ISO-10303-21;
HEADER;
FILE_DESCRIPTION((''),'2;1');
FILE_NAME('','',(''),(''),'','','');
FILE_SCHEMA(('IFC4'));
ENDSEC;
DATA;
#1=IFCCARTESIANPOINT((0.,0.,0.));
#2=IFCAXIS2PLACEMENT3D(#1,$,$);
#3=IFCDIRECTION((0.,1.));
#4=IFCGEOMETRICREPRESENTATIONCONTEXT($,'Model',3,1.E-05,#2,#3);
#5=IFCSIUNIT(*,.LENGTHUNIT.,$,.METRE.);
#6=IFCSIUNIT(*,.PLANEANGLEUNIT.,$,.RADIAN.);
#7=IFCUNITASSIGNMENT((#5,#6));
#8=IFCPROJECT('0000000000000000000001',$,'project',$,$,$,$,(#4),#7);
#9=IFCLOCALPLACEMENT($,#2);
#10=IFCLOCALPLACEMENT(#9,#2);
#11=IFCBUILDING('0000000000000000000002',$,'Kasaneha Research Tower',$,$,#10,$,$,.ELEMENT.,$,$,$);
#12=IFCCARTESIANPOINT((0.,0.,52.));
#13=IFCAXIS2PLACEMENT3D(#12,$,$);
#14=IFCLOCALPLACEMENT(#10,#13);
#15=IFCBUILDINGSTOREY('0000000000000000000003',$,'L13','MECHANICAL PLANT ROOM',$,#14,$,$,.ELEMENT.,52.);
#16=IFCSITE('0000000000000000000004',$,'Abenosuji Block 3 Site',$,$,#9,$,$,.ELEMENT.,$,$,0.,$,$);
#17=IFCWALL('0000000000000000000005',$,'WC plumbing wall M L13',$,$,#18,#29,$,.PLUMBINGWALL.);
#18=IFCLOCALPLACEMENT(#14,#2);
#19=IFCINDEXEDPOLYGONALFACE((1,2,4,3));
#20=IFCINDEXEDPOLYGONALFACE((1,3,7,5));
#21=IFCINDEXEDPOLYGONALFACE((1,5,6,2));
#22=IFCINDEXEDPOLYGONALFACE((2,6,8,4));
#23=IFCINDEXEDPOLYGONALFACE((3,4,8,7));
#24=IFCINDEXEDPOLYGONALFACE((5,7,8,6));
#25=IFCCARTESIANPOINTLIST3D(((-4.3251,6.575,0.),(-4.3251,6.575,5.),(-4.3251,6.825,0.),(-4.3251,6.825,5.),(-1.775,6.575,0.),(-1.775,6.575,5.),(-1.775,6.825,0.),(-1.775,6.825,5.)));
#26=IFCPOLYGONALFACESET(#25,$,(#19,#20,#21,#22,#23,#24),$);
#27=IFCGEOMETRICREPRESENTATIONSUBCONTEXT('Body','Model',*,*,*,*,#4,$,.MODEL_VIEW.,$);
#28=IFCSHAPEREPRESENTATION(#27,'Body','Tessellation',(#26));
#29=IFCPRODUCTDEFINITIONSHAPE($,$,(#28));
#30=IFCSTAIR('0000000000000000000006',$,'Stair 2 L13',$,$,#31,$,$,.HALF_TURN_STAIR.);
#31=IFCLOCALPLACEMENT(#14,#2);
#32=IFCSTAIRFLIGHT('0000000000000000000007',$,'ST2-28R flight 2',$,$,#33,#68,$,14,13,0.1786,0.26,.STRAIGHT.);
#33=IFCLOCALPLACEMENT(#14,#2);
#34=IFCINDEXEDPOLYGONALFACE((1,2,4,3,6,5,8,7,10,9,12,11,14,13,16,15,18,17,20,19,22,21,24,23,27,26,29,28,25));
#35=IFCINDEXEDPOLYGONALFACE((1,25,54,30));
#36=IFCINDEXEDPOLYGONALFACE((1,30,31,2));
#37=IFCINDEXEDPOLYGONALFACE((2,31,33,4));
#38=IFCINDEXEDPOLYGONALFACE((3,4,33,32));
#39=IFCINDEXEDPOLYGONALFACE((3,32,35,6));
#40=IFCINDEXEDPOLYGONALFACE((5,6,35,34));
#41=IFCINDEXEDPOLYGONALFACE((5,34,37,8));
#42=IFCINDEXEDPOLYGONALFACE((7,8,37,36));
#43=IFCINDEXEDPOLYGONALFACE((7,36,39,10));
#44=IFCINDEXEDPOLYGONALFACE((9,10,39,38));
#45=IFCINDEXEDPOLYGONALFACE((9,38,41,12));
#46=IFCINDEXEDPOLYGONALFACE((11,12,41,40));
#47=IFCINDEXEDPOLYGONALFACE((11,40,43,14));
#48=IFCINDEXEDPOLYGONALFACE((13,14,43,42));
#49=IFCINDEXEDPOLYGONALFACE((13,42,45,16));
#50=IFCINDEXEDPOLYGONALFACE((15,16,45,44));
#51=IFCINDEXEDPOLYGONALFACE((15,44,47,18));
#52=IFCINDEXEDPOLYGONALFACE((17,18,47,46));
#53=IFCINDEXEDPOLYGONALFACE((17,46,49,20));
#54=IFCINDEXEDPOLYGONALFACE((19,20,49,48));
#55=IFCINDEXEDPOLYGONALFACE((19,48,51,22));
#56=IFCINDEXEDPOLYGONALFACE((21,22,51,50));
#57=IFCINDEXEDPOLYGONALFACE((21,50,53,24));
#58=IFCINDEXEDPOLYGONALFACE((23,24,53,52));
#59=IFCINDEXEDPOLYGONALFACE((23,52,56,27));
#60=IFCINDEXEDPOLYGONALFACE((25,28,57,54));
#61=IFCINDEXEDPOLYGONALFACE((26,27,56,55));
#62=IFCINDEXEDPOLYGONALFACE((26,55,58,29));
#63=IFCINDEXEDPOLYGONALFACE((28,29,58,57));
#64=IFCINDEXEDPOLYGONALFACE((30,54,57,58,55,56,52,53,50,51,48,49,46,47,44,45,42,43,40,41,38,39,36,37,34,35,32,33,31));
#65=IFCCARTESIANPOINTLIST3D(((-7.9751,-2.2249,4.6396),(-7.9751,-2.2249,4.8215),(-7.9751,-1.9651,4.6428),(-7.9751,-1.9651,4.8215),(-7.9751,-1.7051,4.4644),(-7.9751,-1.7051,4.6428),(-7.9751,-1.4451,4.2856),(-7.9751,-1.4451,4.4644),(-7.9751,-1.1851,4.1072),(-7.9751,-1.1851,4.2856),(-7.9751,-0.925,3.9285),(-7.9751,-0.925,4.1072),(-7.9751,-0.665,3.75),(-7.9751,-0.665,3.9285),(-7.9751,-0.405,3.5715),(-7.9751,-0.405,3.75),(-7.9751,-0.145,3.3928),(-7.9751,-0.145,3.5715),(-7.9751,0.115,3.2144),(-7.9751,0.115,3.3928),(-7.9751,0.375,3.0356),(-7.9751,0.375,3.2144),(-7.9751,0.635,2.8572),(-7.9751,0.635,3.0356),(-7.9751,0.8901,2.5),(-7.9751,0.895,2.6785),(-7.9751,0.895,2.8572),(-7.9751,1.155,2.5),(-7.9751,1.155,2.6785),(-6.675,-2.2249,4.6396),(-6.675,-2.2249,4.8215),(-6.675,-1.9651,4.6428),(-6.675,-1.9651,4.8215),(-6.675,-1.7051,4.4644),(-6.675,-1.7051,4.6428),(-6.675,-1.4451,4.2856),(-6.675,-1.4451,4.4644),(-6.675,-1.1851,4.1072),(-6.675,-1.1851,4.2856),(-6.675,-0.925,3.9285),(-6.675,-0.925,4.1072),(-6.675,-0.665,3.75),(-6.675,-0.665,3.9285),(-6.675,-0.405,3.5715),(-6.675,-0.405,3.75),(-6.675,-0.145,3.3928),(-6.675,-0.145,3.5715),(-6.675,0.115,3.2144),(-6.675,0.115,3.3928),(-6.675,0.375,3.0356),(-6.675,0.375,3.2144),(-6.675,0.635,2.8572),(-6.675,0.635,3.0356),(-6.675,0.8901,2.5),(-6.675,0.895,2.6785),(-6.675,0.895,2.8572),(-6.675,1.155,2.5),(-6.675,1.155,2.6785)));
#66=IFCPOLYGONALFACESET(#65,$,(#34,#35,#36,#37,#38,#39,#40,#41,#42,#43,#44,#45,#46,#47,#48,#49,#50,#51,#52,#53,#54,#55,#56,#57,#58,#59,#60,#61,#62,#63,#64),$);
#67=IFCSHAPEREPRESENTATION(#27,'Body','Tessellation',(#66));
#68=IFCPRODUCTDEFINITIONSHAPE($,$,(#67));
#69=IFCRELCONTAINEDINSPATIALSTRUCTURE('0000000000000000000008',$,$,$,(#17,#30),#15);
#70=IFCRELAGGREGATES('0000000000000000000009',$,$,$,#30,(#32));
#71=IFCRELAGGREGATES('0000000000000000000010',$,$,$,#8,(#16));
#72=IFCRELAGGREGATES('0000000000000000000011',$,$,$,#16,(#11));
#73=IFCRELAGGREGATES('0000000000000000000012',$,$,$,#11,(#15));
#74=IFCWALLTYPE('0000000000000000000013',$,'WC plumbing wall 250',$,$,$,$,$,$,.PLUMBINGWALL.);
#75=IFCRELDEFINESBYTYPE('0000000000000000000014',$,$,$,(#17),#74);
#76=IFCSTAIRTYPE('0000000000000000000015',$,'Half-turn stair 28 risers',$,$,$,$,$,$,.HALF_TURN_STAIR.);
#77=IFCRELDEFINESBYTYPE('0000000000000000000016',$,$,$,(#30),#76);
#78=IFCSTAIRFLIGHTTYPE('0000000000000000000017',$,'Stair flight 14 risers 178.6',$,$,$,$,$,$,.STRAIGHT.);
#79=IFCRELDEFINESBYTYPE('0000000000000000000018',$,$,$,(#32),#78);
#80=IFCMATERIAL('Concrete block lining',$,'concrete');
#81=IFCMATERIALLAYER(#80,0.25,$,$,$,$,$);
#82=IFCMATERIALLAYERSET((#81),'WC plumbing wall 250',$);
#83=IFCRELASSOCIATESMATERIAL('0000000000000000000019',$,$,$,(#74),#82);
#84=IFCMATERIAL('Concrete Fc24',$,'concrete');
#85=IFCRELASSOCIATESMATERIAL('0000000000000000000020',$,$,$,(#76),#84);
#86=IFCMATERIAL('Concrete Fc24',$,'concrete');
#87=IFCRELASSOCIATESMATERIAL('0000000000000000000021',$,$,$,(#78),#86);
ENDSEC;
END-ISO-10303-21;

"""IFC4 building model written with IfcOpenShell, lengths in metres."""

from ifc_helpers import new_model, si_unit, direction, frame, frame_2d, origin, place, context, subcontext, project, spatial, polyline, rectangle, outline, extrude, material, layer, layer_set, type_object, element, aggregate, save


model = new_model("IFC4")

# Units and contexts
model_context = context("Model", 3, precision=1e-05, world=origin(), true_north=direction((0.0, 1.0)))
body_context = subcontext(model_context, "Body", "Model", "MODEL_VIEW")
ifc_project = project(units=[si_unit("LENGTHUNIT", "METRE"), si_unit("PLANEANGLEUNIT", "RADIAN")], contexts=[model_context])

# Site, building, storey
site_placement = place(None, origin())
site = spatial("IfcSite", under=ifc_project, at=site_placement, Name="Abenosuji Block 3 Site", CompositionType="ELEMENT", RefElevation=0.0)
building_placement = place(site_placement, origin())
building = spatial("IfcBuilding", under=site, at=building_placement, Name="Kasaneha Research Tower", CompositionType="ELEMENT")
storey_placement = place(building_placement, frame((0.0, 0.0, 52.0)))
storey = spatial("IfcBuildingStorey", under=building, at=storey_placement, Name="L13", Description="MECHANICAL PLANT ROOM", CompositionType="ELEMENT", Elevation=52.0)

# Wall
ifc_material_1 = material(Name="Concrete block lining", Category="concrete")
ifc_layer_1 = layer(ifc_material_1, 0.25)
ifc_layer_set_1 = layer_set([ifc_layer_1], Name="WC plumbing wall 250")
wall_type_1 = type_object("IfcWallType", Name="WC plumbing wall 250", PredefinedType="PLUMBINGWALL", material=ifc_layer_set_1)
wall_1_placement = place(storey_placement, frame((-4.325, 6.7, 0.0), z_axis=(0.0, 0.0, 1.0), x_axis=(1.0, 0.0, 0.0)))
element("IfcWall", 1, at=wall_1_placement, inside=storey, type_object=wall_type_1, Name="WC plumbing wall M L13", PredefinedType="PLUMBINGWALL", context=body_context, shape_type="SweptSolid", body=[
    extrude(rectangle(XDim=2.55, YDim=0.25, at=frame_2d((1.2749, 0.0))), origin(), (0.0, 0.0, 1.0), 5.0),
])

# Stair, stair flight
ifc_material_2 = material(Name="Concrete Fc24", Category="concrete")
stair_type = type_object("IfcStairType", Name="Half-turn stair 28 risers", PredefinedType="HALF_TURN_STAIR", material=ifc_material_2)
stair_placement = place(storey_placement, origin())
stair = element("IfcStair", 2, at=stair_placement, inside=storey, type_object=stair_type, Name="Stair 2 L13", PredefinedType="HALF_TURN_STAIR")
ifc_material_3 = material(Name="Concrete Fc24", Category="concrete")
stair_flight_type = type_object("IfcStairFlightType", Name="Stair flight 14 risers 178.6", PredefinedType="STRAIGHT", material=ifc_material_3)
stair_flight_placement = place(storey_placement, frame((-7.325, 1.155, 2.5), z_axis=(0.0, 0.0, 1.0), x_axis=(0.0, -1.0, 0.0)))
stair_flight = element("IfcStairFlight", 3, at=stair_flight_placement, type_object=stair_flight_type, Name="ST2-28R flight 2", NumberOfRisers=14, NumberOfTreads=13, PredefinedType="STRAIGHT", RiserHeight=0.1786, TreadLength=0.26, context=body_context, shape_type="SweptSolid", body=[
    extrude(outline(polyline([(0.0, 0.0), (0.0, 0.1785), (0.26, 0.1785), (0.26, 0.3572), (0.52, 0.3572), (0.52, 0.5356), (0.78, 0.5356), (0.78, 0.7144), (1.04, 0.7144), (1.04, 0.8928), (1.3, 0.8928), (1.3, 1.0715), (1.5601, 1.0715), (1.5601, 1.25), (1.8201, 1.25), (1.8201, 1.4285), (2.0801, 1.4285), (2.0801, 1.6072), (2.3401, 1.6072), (2.3401, 1.7856), (2.6001, 1.7856), (2.6001, 1.9644), (2.8601, 1.9644), (2.8601, 2.1428), (3.1201, 2.1428), (3.1201, 2.3215), (3.3799, 2.3215), (3.3799, 2.5), (3.3799, 2.1396), (0.2649, 0.0), (0.0, 0.0)])), frame((0.0, 0.6499, 0.0), z_axis=(0.0, -1.0, 0.0), x_axis=(1.0, 0.0, 0.0)), (0.0, 0.0, 1.0), 1.3),
])
aggregate(stair, [stair_flight])

save(model, "model.ifc")
